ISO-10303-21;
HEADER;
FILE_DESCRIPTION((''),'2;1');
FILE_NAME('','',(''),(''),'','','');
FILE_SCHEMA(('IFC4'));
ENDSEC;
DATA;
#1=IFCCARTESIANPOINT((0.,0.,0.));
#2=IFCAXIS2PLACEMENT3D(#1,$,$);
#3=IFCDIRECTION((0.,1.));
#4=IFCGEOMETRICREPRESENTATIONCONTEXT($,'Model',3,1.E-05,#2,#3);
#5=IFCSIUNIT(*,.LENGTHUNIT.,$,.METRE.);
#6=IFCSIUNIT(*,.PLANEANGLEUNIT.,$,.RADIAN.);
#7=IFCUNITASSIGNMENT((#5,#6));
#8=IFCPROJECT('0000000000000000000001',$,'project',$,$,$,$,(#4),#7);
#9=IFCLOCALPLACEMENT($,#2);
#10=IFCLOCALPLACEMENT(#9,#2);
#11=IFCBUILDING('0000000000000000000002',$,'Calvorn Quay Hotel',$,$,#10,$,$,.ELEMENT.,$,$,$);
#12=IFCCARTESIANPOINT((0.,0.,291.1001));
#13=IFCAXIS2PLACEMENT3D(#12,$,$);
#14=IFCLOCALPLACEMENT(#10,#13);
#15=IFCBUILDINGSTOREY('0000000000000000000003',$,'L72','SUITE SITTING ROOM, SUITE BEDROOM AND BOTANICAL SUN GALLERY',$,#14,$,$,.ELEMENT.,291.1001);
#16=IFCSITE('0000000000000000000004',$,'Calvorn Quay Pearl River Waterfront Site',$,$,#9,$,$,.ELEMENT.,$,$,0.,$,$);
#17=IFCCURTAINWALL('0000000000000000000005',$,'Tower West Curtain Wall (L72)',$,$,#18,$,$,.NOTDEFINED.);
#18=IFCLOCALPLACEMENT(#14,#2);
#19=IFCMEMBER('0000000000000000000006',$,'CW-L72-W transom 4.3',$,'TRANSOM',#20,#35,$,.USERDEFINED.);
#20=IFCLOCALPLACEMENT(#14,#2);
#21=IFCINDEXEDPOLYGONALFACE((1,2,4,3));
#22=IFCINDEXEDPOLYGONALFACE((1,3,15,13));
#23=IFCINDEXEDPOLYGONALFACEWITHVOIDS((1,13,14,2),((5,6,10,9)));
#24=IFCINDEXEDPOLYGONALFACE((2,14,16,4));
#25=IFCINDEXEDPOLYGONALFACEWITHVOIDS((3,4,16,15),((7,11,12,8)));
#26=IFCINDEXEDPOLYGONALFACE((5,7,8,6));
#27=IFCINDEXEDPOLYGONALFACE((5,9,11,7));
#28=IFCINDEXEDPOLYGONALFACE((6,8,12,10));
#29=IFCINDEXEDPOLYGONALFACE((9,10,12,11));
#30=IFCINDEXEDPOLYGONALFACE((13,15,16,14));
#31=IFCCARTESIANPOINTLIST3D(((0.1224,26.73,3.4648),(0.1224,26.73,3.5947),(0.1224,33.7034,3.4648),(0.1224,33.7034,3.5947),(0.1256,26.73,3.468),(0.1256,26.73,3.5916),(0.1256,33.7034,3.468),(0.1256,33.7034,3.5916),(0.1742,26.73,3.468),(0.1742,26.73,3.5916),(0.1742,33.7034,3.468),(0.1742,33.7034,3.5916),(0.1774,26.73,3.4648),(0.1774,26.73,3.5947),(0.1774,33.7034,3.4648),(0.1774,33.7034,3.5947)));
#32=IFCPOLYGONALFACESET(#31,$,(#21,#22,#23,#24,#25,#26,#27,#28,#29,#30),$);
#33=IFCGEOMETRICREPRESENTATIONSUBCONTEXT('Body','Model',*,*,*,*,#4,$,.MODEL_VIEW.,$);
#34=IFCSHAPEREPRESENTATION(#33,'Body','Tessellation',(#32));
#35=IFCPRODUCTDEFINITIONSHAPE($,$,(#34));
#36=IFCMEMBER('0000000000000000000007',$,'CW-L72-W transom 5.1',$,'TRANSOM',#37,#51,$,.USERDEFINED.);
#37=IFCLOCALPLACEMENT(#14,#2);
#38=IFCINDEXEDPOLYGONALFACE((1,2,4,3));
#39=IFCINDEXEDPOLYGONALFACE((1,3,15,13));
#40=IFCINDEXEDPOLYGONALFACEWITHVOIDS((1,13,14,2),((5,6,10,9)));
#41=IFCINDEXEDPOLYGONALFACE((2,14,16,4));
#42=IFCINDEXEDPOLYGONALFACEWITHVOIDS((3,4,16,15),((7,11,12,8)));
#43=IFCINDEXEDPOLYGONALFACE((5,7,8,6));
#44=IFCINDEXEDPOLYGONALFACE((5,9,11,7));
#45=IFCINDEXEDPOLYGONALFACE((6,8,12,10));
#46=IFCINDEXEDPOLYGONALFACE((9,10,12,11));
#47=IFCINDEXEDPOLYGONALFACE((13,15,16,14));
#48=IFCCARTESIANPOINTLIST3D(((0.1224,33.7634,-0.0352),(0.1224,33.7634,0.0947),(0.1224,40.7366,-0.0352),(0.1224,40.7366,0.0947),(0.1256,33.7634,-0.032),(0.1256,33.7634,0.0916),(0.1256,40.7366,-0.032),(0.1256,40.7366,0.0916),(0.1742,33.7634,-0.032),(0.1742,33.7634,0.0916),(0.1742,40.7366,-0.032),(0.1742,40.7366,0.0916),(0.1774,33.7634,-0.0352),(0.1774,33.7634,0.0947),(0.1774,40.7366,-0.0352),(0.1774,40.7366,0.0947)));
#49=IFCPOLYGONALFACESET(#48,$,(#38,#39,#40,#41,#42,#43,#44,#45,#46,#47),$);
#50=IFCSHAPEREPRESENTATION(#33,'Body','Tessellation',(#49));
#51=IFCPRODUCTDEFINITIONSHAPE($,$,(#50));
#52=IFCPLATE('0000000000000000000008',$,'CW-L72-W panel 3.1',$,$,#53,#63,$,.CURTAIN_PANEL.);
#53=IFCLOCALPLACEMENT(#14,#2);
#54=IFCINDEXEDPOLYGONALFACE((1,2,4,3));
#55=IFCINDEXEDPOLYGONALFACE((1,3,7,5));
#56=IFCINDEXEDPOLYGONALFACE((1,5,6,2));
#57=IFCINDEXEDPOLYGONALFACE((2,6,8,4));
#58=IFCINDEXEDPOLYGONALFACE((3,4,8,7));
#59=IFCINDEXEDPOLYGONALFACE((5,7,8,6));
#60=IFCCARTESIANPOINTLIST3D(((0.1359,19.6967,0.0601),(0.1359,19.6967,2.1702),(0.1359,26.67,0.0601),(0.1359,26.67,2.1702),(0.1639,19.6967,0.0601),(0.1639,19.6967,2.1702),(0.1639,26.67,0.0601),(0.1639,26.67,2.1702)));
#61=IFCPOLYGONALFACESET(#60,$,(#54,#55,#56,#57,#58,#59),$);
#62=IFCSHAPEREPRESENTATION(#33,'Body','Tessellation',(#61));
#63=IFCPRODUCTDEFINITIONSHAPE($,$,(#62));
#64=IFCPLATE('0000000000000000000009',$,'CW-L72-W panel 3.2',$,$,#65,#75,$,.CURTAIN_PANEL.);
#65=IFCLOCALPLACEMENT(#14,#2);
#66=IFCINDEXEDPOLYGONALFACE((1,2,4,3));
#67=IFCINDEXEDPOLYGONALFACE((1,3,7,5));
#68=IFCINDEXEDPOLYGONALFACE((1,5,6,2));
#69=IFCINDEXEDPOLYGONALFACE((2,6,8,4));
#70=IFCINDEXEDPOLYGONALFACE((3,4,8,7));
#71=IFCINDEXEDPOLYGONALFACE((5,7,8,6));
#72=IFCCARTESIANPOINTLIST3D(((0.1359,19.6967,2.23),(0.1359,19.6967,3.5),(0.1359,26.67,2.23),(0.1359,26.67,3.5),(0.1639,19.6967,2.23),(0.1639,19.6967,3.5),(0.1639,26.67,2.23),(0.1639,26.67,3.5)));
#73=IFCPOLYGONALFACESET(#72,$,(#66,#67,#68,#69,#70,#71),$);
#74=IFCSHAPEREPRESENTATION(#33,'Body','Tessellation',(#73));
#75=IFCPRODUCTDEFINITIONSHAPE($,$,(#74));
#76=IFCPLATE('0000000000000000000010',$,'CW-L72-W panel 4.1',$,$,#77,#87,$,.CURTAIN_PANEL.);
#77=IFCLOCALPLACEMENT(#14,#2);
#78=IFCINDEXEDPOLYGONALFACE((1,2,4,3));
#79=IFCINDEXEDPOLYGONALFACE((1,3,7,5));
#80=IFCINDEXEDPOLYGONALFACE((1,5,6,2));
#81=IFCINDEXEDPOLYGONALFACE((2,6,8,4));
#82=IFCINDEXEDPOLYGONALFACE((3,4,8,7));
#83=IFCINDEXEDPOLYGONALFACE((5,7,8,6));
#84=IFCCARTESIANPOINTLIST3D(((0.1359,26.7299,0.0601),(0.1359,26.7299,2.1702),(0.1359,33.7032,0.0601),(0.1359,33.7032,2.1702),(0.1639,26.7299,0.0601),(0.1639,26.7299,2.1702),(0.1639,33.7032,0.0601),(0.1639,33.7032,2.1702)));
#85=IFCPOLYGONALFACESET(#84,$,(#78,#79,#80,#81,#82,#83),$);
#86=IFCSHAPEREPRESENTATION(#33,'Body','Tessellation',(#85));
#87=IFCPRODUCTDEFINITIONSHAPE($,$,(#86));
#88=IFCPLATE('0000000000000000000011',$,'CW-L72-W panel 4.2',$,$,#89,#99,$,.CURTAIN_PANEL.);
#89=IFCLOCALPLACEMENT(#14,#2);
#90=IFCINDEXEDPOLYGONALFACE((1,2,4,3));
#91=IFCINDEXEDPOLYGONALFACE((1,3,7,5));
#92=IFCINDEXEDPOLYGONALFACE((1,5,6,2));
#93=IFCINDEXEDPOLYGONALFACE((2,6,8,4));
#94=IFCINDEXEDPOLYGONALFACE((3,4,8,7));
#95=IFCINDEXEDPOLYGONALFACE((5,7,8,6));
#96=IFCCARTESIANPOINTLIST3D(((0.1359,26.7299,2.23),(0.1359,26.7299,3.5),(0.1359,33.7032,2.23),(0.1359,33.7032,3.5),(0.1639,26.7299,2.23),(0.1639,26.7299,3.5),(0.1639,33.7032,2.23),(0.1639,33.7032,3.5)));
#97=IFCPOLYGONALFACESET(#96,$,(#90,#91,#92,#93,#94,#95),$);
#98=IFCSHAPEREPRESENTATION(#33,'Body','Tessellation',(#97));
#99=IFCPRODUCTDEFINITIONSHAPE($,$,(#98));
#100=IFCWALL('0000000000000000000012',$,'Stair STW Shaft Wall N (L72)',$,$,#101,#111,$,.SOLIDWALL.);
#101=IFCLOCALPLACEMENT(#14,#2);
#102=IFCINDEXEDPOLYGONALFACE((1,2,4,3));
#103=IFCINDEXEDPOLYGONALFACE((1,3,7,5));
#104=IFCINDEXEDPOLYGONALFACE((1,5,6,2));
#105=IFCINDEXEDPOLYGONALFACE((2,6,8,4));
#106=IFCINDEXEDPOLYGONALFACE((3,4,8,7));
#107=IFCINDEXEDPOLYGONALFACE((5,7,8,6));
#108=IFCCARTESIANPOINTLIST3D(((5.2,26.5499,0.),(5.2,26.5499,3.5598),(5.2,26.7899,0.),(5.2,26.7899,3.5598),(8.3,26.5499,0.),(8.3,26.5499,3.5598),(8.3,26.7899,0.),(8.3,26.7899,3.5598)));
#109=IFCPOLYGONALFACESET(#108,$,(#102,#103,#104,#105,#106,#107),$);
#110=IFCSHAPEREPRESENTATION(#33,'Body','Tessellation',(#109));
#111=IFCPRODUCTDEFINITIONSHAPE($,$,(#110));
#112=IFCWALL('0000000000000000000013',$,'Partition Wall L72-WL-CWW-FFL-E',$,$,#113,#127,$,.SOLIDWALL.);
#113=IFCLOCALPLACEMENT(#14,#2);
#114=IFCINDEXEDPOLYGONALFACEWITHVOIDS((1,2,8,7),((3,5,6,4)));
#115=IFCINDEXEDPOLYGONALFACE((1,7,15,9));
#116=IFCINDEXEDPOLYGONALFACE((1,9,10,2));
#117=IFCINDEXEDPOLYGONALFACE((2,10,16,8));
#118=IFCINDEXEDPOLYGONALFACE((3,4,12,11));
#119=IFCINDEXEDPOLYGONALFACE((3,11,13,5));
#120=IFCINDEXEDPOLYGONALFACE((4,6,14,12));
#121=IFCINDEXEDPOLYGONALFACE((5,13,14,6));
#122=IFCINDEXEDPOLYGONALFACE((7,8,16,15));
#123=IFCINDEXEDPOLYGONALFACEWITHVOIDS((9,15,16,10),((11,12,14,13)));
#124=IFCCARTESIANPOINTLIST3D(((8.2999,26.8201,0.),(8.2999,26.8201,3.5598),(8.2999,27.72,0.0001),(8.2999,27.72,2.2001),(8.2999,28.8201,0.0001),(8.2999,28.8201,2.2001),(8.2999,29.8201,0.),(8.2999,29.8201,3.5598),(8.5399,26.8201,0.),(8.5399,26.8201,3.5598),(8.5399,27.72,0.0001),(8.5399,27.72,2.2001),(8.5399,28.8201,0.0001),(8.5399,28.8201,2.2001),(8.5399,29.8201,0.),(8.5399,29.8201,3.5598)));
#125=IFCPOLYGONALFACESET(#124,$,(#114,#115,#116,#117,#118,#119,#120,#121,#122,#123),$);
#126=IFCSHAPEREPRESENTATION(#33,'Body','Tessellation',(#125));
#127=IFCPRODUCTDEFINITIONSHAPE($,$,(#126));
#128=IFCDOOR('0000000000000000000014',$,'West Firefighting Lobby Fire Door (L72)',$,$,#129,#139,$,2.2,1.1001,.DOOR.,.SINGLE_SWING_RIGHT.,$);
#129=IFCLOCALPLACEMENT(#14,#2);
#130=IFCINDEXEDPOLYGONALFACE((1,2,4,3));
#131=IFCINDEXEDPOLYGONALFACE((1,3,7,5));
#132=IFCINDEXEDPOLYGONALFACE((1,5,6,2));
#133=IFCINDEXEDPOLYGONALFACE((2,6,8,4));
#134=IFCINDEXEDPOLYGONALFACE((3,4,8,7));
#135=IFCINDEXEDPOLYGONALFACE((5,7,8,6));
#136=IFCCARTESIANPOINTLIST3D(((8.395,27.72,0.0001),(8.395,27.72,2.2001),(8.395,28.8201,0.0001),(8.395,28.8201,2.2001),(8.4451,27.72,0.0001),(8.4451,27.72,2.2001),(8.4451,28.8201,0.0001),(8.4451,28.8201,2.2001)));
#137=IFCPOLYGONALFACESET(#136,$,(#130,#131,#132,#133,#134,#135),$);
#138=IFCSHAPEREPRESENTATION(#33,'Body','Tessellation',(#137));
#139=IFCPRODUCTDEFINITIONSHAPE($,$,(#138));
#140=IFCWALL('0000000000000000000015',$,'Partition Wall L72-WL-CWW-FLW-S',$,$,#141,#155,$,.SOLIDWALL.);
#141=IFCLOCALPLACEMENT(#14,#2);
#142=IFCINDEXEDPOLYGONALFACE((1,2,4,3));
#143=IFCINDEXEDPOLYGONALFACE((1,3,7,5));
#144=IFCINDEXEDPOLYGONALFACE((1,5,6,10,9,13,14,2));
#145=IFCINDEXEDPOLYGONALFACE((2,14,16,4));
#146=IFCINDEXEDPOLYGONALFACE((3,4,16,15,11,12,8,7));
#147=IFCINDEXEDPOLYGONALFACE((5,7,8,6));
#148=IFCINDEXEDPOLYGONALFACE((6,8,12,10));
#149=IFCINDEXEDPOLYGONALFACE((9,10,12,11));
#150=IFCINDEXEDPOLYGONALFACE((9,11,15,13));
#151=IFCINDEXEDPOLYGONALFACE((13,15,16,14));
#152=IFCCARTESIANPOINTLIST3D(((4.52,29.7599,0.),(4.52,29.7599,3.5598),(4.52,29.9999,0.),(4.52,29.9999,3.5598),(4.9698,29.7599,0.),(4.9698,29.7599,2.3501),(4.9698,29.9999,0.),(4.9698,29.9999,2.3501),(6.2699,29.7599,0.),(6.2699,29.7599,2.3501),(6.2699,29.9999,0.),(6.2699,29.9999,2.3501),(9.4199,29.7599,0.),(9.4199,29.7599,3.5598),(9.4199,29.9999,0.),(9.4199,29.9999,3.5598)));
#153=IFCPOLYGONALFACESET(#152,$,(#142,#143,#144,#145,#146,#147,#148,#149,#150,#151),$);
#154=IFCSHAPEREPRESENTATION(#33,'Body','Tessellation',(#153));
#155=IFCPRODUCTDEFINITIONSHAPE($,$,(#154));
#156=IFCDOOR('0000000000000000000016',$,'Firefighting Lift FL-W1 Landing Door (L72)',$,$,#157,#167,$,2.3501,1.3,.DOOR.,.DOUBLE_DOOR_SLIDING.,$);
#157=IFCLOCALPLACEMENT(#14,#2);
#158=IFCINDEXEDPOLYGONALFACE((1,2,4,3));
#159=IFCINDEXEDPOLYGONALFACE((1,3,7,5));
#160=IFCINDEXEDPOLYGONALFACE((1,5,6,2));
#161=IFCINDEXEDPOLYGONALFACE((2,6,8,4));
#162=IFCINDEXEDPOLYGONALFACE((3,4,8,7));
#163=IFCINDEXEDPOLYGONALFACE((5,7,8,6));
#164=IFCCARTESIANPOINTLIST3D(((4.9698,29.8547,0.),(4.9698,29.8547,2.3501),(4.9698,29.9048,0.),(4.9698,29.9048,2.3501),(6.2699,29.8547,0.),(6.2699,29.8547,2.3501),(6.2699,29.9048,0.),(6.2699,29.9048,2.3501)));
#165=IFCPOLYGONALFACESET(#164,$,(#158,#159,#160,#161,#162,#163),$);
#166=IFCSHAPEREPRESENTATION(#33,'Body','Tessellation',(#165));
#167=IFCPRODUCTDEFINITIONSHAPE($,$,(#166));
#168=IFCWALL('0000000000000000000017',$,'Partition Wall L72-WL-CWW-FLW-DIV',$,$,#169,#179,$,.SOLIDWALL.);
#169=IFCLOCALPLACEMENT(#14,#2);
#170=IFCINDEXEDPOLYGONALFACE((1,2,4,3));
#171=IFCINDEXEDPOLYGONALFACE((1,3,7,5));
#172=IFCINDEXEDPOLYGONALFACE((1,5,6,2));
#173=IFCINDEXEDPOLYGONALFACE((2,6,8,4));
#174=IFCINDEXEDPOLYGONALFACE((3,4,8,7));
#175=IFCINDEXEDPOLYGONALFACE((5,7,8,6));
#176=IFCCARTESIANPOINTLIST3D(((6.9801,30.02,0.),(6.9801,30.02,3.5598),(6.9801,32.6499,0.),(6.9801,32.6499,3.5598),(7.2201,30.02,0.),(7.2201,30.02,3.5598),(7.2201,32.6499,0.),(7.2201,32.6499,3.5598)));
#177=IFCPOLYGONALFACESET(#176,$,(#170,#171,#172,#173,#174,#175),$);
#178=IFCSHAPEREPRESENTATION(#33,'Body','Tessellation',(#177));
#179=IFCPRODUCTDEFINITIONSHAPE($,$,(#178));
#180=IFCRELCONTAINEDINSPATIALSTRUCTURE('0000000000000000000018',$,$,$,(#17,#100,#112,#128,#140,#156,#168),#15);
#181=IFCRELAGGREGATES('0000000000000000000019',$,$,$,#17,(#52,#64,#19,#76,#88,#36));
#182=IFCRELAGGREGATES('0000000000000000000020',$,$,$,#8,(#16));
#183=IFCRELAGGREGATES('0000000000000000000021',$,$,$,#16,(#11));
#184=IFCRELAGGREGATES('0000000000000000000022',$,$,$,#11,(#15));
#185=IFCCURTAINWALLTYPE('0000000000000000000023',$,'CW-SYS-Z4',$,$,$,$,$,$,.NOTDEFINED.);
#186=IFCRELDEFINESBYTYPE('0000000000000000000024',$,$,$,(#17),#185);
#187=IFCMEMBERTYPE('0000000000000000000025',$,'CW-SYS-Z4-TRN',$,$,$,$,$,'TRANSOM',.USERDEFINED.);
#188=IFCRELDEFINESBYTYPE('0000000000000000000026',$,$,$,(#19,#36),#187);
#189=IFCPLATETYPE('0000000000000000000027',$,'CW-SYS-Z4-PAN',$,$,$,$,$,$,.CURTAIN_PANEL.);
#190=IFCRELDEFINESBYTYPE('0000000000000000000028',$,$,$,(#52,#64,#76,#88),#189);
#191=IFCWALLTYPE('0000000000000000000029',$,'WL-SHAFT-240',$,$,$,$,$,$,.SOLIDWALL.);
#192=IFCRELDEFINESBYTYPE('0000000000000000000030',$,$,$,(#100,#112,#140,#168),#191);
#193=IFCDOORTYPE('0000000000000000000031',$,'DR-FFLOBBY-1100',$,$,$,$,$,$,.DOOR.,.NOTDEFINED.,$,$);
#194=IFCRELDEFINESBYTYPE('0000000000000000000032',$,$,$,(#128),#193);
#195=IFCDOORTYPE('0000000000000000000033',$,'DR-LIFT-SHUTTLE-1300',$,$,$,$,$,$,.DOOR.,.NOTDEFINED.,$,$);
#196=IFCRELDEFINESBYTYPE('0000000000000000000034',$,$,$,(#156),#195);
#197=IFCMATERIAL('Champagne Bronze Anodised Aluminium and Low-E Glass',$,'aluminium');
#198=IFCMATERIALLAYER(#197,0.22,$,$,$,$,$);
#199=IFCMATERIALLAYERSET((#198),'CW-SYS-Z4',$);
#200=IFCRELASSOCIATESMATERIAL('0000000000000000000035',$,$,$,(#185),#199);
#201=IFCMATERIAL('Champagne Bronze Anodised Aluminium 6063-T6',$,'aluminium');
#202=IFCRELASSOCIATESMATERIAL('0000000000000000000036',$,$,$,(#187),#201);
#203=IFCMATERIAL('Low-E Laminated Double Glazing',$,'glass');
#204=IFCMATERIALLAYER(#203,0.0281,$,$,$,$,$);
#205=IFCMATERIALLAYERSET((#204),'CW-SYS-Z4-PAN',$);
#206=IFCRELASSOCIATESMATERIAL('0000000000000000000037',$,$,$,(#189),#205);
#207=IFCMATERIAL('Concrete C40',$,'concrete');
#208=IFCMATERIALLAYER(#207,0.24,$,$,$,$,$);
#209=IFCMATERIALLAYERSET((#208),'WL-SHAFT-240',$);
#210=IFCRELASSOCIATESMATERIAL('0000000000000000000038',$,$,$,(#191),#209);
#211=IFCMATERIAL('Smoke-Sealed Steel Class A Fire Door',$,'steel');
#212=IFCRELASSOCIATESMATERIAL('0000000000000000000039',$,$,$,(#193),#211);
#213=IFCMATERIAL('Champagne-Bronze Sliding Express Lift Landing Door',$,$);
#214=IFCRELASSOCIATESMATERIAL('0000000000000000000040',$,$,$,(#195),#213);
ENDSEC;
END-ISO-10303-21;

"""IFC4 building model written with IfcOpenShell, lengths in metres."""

from ifc_helpers import new_model, si_unit, direction, frame, frame_2d, origin, origin_2d, place, context, subcontext, project, spatial, rectangle, hollow_rectangle, extrude, material, layer, layer_set, material_profile, profile_set, type_object, element, fill, aggregate, save


model = new_model("IFC4")

# Units and contexts
model_context = context("Model", 3, precision=1e-05, world=origin(), true_north=direction((0.0, 1.0)))
body_context = subcontext(model_context, "Body", "Model", "MODEL_VIEW")
ifc_project = project(units=[si_unit("LENGTHUNIT", "METRE"), si_unit("PLANEANGLEUNIT", "RADIAN")], contexts=[model_context])

# Site, building, storey
site_placement = place(None, origin())
site = spatial("IfcSite", under=ifc_project, at=site_placement, Name="Calvorn Quay Pearl River Waterfront Site", CompositionType="ELEMENT", RefElevation=0.0)
building_placement = place(site_placement, origin())
building = spatial("IfcBuilding", under=site, at=building_placement, Name="Calvorn Quay Hotel", CompositionType="ELEMENT")
storey_placement = place(building_placement, frame((0.0, 0.0, 291.1001)))
storey = spatial("IfcBuildingStorey", under=building, at=storey_placement, Name="L72", Description="SUITE SITTING ROOM, SUITE BEDROOM AND BOTANICAL SUN GALLERY", CompositionType="ELEMENT", Elevation=291.1001)

# Curtain wall, members, plates
ifc_material_1 = material(Name="Champagne Bronze Anodised Aluminium and Low-E Glass", Category="aluminium")
ifc_layer_1 = layer(ifc_material_1, 0.22)
ifc_layer_set_1 = layer_set([ifc_layer_1], Name="CW-SYS-Z4")
curtain_wall_type = type_object("IfcCurtainWallType", Name="CW-SYS-Z4", PredefinedType="NOTDEFINED", material=ifc_layer_set_1)
curtain_wall_placement = place(storey_placement, origin())
curtain_wall = element("IfcCurtainWall", 1, at=curtain_wall_placement, inside=storey, type_object=curtain_wall_type, Name="Tower West Curtain Wall (L72)", PredefinedType="NOTDEFINED")
ifc_material_2 = material(Name="Champagne Bronze Anodised Aluminium 6063-T6", Category="aluminium")
ifc_material_profile_1 = material_profile(ifc_material_2, hollow_rectangle(XDim=0.0549, YDim=0.1299, WallThickness=0.0032, at=origin_2d()), Name="ALU-T130x55x3.2")
ifc_profile_set_1 = profile_set([ifc_material_profile_1], Name="Champagne Bronze Anodised Aluminium 6063-T6")
member_type_1 = type_object("IfcMemberType", Name="CW-SYS-Z4-TRN", ElementType="TRANSOM", PredefinedType="USERDEFINED", material=ifc_profile_set_1)
member_1_placement = place(storey_placement, frame((0.1499, 26.73, 3.5298), z_axis=(0.0, 1.0, 0.0), x_axis=(-1.0, 0.0, 0.0)))
member_1 = element("IfcMember", 2, at=member_1_placement, type_object=member_type_1, Name="CW-L72-W transom 4.3", ObjectType="TRANSOM", PredefinedType="USERDEFINED", context=body_context, shape_type="SweptSolid", body=[
    extrude(hollow_rectangle(XDim=0.0549, YDim=0.1299, WallThickness=0.0032, at=origin_2d()), origin(), (0.0, 0.0, 1.0), 6.9734),
])
member_2_placement = place(storey_placement, frame((0.1499, 33.7634, 0.0298), z_axis=(0.0, 1.0, 0.0), x_axis=(-1.0, 0.0, 0.0)))
member_2 = element("IfcMember", 3, at=member_2_placement, type_object=member_type_1, Name="CW-L72-W transom 5.1", ObjectType="TRANSOM", PredefinedType="USERDEFINED", context=body_context, shape_type="SweptSolid", body=[
    extrude(hollow_rectangle(XDim=0.0549, YDim=0.1299, WallThickness=0.0032, at=origin_2d()), origin(), (0.0, 0.0, 1.0), 6.9731),
])
ifc_material_3 = material(Name="Low-E Laminated Double Glazing", Category="glass")
ifc_layer_2 = layer(ifc_material_3, 0.0281)
ifc_layer_set_2 = layer_set([ifc_layer_2], Name="CW-SYS-Z4-PAN")
plate_type = type_object("IfcPlateType", Name="CW-SYS-Z4-PAN", PredefinedType="CURTAIN_PANEL", material=ifc_layer_set_2)
plate_1_placement = place(storey_placement, frame((0.1499, 23.1833, 0.0601), z_axis=(0.0, 0.0, 1.0), x_axis=(0.0, 1.0, 0.0)))
plate_1 = element("IfcPlate", 4, at=plate_1_placement, type_object=plate_type, Name="CW-L72-W panel 3.1", PredefinedType="CURTAIN_PANEL", context=body_context, shape_type="SweptSolid", body=[
    extrude(rectangle(XDim=6.9734, YDim=0.0281, at=origin_2d()), origin(), (0.0, 0.0, 1.0), 2.1101),
])
plate_2_placement = place(storey_placement, frame((0.1499, 23.1833, 2.23), z_axis=(0.0, 0.0, 1.0), x_axis=(0.0, 1.0, 0.0)))
plate_2 = element("IfcPlate", 5, at=plate_2_placement, type_object=plate_type, Name="CW-L72-W panel 3.2", PredefinedType="CURTAIN_PANEL", context=body_context, shape_type="SweptSolid", body=[
    extrude(rectangle(XDim=6.9734, YDim=0.0281, at=origin_2d()), origin(), (0.0, 0.0, 1.0), 1.27),
])
plate_3_placement = place(storey_placement, frame((0.1499, 30.2166, 0.0601), z_axis=(0.0, 0.0, 1.0), x_axis=(0.0, 1.0, 0.0)))
plate_3 = element("IfcPlate", 6, at=plate_3_placement, type_object=plate_type, Name="CW-L72-W panel 4.1", PredefinedType="CURTAIN_PANEL", context=body_context, shape_type="SweptSolid", body=[
    extrude(rectangle(XDim=6.9734, YDim=0.0281, at=origin_2d()), origin(), (0.0, 0.0, 1.0), 2.1101),
])
plate_4_placement = place(storey_placement, frame((0.1499, 30.2166, 2.23), z_axis=(0.0, 0.0, 1.0), x_axis=(0.0, 1.0, 0.0)))
plate_4 = element("IfcPlate", 7, at=plate_4_placement, type_object=plate_type, Name="CW-L72-W panel 4.2", PredefinedType="CURTAIN_PANEL", context=body_context, shape_type="SweptSolid", body=[
    extrude(rectangle(XDim=6.9734, YDim=0.0281, at=origin_2d()), origin(), (0.0, 0.0, 1.0), 1.27),
])
aggregate(curtain_wall, [plate_1, plate_2, member_1, plate_3, plate_4, member_2])

# Wall
ifc_material_4 = material(Name="Concrete C40", Category="concrete")
ifc_layer_3 = layer(ifc_material_4, 0.24)
ifc_layer_set_3 = layer_set([ifc_layer_3], Name="WL-SHAFT-240")
wall_type = type_object("IfcWallType", Name="WL-SHAFT-240", PredefinedType="SOLIDWALL", material=ifc_layer_set_3)
wall_1_placement = place(storey_placement, frame((5.2, 26.6699, 0.0), z_axis=(0.0, 0.0, 1.0), x_axis=(1.0, 0.0, 0.0)))
element("IfcWall", 8, at=wall_1_placement, inside=storey, type_object=wall_type, Name="Stair STW Shaft Wall N (L72)", PredefinedType="SOLIDWALL", context=body_context, shape_type="SweptSolid", body=[
    extrude(rectangle(XDim=3.1001, YDim=0.24, at=frame_2d((1.55, 0.0))), origin(), (0.0, 0.0, 1.0), 3.5598),
])

# Walls, openings, doors
wall_2_placement = place(storey_placement, frame((8.4199, 26.8201, 0.0), z_axis=(0.0, 0.0, 1.0), x_axis=(0.0, 1.0, 0.0)))
wall_2 = element("IfcWall", 9, at=wall_2_placement, inside=storey, type_object=wall_type, Name="Partition Wall L72-WL-CWW-FFL-E", PredefinedType="SOLIDWALL", context=body_context, shape_type="SweptSolid", body=[
    extrude(rectangle(XDim=3.0, YDim=0.24, at=frame_2d((1.5, 0.0))), origin(), (0.0, 0.0, 1.0), 3.5598),
])
opening_1_placement = place(wall_2_placement, frame((0.8999, 0.0, 0.0)))
opening_1 = element("IfcOpeningElement", 10, at=opening_1_placement, cuts=wall_2, PredefinedType="OPENING", context=body_context, shape_type="SweptSolid", body=[
    extrude(rectangle(XDim=1.1001, YDim=2.2, at=frame_2d((0.55, 1.1001))), frame((0.0, 0.1299, 0.0), z_axis=(0.0, -1.0, 0.0), x_axis=(1.0, 0.0, 0.0)), (0.0, 0.0, 1.0), 0.26),
])
ifc_material_5 = material(Name="Smoke-Sealed Steel Class A Fire Door", Category="steel")
door_type_1 = type_object("IfcDoorType", Name="DR-FFLOBBY-1100", OperationType="NOTDEFINED", PredefinedType="DOOR", material=ifc_material_5)
door_1_placement = place(opening_1_placement, origin())
door_1 = element("IfcDoor", 11, at=door_1_placement, inside=storey, type_object=door_type_1, Name="West Firefighting Lobby Fire Door (L72)", OperationType="SINGLE_SWING_RIGHT", OverallHeight=2.2, OverallWidth=1.1001, PredefinedType="DOOR", context=body_context, shape_type="SweptSolid", body=[
    extrude(rectangle(XDim=1.1001, YDim=2.2, at=frame_2d((0.55, 1.1001))), frame((0.0, 0.0249, 0.0), z_axis=(0.0, -1.0, 0.0), x_axis=(1.0, 0.0, 0.0)), (0.0, 0.0, 1.0), 0.05),
])
fill(opening_1, door_1)
wall_3_placement = place(storey_placement, frame((4.52, 29.8799, 0.0), z_axis=(0.0, 0.0, 1.0), x_axis=(1.0, 0.0, 0.0)))
wall_3 = element("IfcWall", 12, at=wall_3_placement, inside=storey, type_object=wall_type, Name="Partition Wall L72-WL-CWW-FLW-S", PredefinedType="SOLIDWALL", context=body_context, shape_type="SweptSolid", body=[
    extrude(rectangle(XDim=4.8999, YDim=0.24, at=frame_2d((2.45, 0.0))), origin(), (0.0, 0.0, 1.0), 3.5598),
])
opening_2_placement = place(wall_3_placement, frame((0.45, 0.0, 0.0)))
opening_2 = element("IfcOpeningElement", 13, at=opening_2_placement, cuts=wall_3, PredefinedType="OPENING", context=body_context, shape_type="SweptSolid", body=[
    extrude(rectangle(XDim=1.3, YDim=2.3501, at=frame_2d((0.6499, 1.175))), frame((0.0, 0.1299, 0.0), z_axis=(0.0, -1.0, 0.0), x_axis=(1.0, 0.0, 0.0)), (0.0, 0.0, 1.0), 0.26),
])
ifc_material_6 = material(Name="Champagne-Bronze Sliding Express Lift Landing Door")
door_type_2 = type_object("IfcDoorType", Name="DR-LIFT-SHUTTLE-1300", OperationType="NOTDEFINED", PredefinedType="DOOR", material=ifc_material_6)
door_2_placement = place(opening_2_placement, origin())
door_2 = element("IfcDoor", 14, at=door_2_placement, inside=storey, type_object=door_type_2, Name="Firefighting Lift FL-W1 Landing Door (L72)", OperationType="DOUBLE_DOOR_SLIDING", OverallHeight=2.3501, OverallWidth=1.3, PredefinedType="DOOR", context=body_context, shape_type="SweptSolid", body=[
    extrude(rectangle(XDim=1.3, YDim=2.3501, at=frame_2d((0.6499, 1.175))), frame((0.0, 0.0249, 0.0), z_axis=(0.0, -1.0, 0.0), x_axis=(1.0, 0.0, 0.0)), (0.0, 0.0, 1.0), 0.05),
])
fill(opening_2, door_2)

# Wall
wall_4_placement = place(storey_placement, frame((7.1001, 30.02, 0.0), z_axis=(0.0, 0.0, 1.0), x_axis=(0.0, 1.0, 0.0)))
element("IfcWall", 15, at=wall_4_placement, inside=storey, type_object=wall_type, Name="Partition Wall L72-WL-CWW-FLW-DIV", PredefinedType="SOLIDWALL", context=body_context, shape_type="SweptSolid", body=[
    extrude(rectangle(XDim=2.6299, YDim=0.24, at=frame_2d((1.3149, 0.0))), origin(), (0.0, 0.0, 1.0), 3.5598),
])

save(model, "model.ifc")
